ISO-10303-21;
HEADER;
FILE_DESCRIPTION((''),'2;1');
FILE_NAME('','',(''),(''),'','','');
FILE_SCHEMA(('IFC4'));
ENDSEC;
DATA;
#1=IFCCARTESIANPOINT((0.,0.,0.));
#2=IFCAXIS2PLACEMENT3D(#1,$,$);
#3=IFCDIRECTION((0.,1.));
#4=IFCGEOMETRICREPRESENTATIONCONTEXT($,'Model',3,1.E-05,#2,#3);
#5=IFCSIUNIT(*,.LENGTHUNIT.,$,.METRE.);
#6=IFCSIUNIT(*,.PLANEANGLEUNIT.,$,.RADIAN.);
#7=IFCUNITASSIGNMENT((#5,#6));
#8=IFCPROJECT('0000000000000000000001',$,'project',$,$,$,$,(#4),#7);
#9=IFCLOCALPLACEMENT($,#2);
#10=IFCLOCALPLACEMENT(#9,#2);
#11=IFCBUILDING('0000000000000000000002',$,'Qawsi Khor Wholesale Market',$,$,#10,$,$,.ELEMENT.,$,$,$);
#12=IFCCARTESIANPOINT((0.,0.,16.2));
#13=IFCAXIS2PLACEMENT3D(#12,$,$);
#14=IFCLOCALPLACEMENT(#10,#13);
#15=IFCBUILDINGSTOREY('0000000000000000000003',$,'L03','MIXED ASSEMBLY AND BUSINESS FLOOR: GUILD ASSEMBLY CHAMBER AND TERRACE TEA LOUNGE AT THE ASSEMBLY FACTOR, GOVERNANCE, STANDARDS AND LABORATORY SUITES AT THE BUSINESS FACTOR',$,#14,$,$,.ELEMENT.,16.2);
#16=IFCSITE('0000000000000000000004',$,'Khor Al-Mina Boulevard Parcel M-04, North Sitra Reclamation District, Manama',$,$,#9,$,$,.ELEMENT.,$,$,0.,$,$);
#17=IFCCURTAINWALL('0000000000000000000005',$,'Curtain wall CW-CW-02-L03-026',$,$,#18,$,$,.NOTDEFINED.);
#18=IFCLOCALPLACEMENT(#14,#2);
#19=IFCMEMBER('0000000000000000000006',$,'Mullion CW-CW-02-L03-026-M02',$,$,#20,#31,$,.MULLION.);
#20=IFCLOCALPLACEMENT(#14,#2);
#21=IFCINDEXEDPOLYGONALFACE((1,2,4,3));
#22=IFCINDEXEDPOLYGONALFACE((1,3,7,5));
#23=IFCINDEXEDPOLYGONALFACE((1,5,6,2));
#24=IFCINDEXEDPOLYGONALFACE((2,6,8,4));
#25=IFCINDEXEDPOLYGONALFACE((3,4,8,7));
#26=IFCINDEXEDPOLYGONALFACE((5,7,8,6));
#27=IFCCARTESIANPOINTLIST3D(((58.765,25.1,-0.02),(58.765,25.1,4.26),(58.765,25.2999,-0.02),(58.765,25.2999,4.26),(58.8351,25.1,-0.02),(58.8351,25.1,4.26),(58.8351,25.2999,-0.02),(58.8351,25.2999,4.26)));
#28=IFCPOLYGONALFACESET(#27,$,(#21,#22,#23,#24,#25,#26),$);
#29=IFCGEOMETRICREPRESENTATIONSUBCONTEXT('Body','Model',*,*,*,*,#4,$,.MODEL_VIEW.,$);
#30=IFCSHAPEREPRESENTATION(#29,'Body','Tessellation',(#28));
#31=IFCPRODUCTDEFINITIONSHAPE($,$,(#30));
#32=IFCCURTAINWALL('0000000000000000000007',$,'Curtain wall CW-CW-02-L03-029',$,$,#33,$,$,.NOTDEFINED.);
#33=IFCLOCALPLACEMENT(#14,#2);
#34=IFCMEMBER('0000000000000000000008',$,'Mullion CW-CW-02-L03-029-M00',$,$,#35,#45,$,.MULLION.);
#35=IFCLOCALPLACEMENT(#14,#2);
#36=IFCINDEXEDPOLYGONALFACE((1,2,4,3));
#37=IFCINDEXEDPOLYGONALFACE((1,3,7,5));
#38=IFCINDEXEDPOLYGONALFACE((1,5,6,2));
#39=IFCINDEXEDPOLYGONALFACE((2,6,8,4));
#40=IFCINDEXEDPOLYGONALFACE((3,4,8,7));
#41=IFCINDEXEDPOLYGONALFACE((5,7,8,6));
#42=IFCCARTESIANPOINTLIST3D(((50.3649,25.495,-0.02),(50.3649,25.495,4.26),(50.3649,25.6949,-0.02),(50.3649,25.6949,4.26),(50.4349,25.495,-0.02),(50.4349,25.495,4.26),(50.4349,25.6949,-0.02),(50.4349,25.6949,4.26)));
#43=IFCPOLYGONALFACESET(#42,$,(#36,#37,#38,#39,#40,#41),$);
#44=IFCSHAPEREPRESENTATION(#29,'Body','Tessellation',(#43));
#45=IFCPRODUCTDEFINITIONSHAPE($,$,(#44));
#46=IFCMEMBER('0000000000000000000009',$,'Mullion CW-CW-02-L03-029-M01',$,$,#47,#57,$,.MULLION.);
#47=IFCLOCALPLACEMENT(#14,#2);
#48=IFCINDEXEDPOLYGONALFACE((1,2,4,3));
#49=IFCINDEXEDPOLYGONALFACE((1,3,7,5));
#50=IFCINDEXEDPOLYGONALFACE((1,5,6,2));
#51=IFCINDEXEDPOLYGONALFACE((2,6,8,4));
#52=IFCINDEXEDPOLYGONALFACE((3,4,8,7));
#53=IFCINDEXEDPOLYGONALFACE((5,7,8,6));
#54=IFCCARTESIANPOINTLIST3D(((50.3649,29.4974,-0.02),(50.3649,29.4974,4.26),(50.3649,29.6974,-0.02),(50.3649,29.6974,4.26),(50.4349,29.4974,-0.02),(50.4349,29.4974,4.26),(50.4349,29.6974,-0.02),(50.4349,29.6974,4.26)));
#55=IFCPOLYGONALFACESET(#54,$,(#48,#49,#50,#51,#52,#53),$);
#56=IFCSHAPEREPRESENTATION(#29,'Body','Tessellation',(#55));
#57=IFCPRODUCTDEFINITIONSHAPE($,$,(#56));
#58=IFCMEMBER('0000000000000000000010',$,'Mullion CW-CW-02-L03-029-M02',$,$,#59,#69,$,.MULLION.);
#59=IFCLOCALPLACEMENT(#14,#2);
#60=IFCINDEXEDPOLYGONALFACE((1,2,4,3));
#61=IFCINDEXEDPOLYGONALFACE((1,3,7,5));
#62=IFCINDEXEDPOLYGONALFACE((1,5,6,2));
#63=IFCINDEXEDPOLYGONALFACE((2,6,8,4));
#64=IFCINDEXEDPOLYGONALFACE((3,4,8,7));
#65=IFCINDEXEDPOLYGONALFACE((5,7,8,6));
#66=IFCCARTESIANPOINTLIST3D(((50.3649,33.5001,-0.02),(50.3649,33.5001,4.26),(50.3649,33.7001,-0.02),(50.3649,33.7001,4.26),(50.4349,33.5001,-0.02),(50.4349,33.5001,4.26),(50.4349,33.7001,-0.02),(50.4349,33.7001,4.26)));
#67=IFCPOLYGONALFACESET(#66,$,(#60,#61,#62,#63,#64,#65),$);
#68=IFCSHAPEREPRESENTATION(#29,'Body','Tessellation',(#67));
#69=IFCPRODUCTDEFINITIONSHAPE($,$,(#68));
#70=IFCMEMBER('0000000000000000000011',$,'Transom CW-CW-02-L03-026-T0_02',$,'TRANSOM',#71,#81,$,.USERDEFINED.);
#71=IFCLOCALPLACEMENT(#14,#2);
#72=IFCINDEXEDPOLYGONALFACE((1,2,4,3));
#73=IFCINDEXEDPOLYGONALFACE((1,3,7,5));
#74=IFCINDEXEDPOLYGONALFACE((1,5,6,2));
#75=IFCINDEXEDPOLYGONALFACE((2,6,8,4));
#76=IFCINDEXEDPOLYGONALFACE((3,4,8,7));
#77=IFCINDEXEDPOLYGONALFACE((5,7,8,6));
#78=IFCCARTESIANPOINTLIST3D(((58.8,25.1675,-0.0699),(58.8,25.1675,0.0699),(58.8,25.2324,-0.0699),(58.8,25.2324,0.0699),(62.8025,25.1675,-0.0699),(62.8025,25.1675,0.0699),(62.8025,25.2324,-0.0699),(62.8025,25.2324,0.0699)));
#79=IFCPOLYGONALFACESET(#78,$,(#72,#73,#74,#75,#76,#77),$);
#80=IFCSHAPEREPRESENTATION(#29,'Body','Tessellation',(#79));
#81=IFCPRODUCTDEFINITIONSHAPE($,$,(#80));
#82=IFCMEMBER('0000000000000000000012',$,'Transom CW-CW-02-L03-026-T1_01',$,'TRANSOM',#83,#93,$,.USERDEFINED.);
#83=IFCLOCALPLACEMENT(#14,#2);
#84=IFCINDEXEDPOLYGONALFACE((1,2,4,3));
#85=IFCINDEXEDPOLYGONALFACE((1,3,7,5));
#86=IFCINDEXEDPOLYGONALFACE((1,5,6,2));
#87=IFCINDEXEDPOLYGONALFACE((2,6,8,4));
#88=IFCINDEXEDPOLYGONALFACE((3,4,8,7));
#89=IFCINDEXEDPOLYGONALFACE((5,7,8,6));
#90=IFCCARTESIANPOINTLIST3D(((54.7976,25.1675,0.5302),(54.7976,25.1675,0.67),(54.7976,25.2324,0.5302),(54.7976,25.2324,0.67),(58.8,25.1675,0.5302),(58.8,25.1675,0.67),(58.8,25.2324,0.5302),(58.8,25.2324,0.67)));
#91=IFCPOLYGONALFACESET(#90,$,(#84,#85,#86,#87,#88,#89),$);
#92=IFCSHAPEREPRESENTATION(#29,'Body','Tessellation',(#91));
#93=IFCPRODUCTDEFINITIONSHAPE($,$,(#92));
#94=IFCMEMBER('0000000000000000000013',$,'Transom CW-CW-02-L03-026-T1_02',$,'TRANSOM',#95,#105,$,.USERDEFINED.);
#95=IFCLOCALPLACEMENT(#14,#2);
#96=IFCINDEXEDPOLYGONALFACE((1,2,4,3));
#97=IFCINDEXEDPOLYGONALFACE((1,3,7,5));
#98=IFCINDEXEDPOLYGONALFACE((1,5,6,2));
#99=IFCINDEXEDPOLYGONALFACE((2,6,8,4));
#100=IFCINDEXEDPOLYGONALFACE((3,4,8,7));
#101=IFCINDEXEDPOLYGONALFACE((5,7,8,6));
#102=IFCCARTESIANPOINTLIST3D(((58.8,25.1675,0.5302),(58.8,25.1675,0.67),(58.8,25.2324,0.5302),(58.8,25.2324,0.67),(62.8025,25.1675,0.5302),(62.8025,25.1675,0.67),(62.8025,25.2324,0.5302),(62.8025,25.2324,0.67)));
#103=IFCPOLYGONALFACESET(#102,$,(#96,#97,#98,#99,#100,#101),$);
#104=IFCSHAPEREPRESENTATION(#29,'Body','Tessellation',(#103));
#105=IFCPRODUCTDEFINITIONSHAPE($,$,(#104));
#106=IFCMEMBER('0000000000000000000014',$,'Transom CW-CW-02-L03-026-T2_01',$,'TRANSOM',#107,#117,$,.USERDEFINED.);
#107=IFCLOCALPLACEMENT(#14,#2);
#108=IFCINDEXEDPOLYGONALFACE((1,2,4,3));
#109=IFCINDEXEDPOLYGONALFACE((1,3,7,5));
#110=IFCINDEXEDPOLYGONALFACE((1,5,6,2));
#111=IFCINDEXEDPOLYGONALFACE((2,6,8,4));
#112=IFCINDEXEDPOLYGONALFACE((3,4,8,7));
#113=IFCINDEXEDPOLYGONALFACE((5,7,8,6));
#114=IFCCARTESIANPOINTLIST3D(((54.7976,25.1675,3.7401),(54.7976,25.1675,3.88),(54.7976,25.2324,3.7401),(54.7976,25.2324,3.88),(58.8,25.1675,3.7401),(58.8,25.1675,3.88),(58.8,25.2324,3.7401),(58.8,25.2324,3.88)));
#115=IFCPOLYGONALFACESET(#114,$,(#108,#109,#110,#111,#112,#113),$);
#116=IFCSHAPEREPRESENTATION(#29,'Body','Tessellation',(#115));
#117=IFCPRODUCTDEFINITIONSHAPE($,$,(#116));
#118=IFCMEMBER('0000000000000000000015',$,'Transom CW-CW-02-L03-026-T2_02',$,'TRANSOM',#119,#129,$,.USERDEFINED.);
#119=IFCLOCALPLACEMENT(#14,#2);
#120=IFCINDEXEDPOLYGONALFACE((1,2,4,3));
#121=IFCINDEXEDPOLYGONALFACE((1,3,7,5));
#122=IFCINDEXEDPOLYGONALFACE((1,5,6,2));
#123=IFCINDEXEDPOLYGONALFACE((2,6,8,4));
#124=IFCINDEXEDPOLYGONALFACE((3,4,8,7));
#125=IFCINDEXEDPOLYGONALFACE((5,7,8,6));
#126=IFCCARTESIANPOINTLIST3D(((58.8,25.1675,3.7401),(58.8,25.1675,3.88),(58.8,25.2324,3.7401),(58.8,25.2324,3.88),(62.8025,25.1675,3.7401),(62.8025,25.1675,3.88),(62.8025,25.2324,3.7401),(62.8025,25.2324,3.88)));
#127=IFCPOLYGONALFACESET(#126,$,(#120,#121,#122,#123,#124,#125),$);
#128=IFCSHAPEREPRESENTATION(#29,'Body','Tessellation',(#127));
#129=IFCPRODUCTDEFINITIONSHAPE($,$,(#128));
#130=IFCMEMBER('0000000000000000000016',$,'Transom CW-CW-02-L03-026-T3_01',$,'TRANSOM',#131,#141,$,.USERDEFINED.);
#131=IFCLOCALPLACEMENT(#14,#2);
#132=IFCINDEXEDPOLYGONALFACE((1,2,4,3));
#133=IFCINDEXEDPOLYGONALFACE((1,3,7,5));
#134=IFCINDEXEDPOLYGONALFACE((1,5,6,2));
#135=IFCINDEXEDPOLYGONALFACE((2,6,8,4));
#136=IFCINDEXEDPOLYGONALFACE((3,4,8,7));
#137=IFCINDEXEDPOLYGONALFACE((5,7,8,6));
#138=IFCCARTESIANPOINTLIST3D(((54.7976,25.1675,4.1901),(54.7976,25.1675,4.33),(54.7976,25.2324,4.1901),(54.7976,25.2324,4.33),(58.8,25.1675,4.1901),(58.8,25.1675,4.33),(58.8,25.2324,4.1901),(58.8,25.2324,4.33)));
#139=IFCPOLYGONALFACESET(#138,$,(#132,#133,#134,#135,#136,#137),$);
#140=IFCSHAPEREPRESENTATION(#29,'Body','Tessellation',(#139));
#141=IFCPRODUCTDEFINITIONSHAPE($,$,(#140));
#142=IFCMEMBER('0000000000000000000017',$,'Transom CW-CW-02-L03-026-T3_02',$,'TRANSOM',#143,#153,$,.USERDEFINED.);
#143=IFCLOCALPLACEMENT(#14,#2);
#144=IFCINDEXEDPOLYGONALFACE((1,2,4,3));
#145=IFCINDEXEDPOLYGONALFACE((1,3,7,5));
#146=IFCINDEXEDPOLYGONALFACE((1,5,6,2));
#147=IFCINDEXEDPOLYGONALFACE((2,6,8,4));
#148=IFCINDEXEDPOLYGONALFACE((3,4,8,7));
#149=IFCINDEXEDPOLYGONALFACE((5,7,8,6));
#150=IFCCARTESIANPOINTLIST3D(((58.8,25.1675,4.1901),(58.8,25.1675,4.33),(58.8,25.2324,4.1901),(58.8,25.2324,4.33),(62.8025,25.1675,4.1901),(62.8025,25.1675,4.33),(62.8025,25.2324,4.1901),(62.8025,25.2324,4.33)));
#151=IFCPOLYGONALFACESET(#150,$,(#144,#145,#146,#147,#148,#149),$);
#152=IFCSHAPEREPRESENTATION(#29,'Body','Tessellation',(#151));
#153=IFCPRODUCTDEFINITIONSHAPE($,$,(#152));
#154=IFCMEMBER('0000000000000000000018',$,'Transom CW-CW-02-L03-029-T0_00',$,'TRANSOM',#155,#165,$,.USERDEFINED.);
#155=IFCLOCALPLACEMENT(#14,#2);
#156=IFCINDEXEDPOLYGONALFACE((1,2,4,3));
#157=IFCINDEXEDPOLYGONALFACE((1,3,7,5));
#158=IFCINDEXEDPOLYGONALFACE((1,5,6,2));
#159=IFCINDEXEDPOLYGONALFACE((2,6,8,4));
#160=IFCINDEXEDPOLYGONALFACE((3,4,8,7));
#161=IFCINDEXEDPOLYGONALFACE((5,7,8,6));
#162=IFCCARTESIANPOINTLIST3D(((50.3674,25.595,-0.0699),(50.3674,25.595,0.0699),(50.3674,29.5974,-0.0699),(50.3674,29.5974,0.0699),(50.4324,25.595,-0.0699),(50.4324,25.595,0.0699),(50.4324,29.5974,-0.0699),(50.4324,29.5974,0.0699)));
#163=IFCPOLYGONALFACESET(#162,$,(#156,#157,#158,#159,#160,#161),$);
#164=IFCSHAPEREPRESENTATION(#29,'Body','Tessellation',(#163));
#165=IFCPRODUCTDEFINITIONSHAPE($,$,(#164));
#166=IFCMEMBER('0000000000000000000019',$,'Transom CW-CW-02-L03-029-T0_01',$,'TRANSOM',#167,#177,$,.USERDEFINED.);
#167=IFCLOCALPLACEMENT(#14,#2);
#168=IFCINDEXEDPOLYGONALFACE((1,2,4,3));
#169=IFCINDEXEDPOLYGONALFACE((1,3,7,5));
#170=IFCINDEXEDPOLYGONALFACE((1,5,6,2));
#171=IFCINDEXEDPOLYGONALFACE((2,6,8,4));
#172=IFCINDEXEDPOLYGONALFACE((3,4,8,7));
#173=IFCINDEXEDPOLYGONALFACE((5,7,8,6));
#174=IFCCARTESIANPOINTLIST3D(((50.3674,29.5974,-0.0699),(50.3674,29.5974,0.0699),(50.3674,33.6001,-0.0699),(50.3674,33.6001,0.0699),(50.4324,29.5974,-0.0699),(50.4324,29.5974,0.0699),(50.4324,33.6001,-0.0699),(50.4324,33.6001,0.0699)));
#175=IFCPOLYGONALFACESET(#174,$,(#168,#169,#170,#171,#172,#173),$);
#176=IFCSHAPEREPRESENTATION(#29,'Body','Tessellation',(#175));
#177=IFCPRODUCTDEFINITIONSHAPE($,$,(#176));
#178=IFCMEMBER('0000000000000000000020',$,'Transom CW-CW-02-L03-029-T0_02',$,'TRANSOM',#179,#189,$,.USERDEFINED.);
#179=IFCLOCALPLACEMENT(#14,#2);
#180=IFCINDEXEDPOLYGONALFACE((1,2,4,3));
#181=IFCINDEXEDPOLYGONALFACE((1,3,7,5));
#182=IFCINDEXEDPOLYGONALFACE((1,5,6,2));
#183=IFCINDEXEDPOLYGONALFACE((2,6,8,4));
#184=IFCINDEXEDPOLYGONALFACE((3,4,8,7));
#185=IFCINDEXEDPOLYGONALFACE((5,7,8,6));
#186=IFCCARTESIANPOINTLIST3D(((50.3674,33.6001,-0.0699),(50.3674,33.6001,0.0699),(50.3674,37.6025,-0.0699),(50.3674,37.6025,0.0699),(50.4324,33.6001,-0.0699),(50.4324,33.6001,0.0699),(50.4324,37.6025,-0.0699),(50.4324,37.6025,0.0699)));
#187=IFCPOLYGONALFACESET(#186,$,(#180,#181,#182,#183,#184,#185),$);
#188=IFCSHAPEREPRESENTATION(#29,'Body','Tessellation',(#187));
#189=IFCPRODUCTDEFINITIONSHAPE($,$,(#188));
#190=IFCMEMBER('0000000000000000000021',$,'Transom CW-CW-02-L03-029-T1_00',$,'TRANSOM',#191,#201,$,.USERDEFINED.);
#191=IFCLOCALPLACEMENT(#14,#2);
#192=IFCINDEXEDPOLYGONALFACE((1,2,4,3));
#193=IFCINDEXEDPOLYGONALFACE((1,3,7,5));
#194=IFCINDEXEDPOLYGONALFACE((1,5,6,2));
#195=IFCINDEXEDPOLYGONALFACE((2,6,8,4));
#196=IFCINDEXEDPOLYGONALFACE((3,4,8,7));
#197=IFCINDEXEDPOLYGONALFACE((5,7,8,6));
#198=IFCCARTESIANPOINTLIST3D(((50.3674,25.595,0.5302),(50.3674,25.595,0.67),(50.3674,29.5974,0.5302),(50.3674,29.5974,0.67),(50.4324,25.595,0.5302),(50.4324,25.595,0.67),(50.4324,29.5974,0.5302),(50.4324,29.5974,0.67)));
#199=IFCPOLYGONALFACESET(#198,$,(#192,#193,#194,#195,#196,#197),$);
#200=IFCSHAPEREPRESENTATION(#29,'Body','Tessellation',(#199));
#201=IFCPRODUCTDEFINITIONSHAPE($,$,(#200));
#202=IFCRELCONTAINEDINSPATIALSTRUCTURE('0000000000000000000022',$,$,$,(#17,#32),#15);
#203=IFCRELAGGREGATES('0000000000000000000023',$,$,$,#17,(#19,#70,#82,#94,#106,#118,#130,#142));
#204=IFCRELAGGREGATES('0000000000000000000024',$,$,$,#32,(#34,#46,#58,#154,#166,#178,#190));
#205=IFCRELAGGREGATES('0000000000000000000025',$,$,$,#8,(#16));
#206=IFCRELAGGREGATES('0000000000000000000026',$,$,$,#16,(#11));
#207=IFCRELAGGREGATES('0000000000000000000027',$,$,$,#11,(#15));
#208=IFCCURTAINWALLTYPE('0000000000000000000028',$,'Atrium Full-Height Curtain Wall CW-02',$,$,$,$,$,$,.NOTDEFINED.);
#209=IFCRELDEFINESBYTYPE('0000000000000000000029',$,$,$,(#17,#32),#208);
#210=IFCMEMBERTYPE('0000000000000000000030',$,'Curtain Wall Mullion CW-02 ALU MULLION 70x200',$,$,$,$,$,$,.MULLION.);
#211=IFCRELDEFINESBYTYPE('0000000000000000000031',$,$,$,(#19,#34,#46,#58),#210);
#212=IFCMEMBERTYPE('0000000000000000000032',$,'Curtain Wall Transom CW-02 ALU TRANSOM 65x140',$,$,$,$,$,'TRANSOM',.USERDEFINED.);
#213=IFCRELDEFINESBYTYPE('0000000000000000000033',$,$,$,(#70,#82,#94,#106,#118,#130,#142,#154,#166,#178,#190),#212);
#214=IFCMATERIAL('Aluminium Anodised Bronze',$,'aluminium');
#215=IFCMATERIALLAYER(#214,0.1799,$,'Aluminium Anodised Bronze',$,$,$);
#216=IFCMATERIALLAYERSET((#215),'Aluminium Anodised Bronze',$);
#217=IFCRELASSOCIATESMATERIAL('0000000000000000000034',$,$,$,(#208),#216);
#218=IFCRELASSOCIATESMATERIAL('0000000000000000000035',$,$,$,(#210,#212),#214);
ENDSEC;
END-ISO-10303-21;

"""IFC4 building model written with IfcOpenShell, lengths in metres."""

from ifc_helpers import new_model, si_unit, direction, frame, origin, origin_2d, place, context, subcontext, project, spatial, rectangle, extrude, material, layer, layer_set, material_profile, profile_set, type_object, element, aggregate, save


model = new_model("IFC4")

# Units and contexts
model_context = context("Model", 3, precision=1e-05, world=origin(), true_north=direction((0.0, 1.0)))
body_context = subcontext(model_context, "Body", "Model", "MODEL_VIEW")
ifc_project = project(units=[si_unit("LENGTHUNIT", "METRE"), si_unit("PLANEANGLEUNIT", "RADIAN")], contexts=[model_context])

# Site, building, storey
site_placement = place(None, origin())
site = spatial("IfcSite", under=ifc_project, at=site_placement, Name="Khor Al-Mina Boulevard Parcel M-04, North Sitra Reclamation District, Manama", CompositionType="ELEMENT", RefElevation=0.0)
building_placement = place(site_placement, origin())
building = spatial("IfcBuilding", under=site, at=building_placement, Name="Qawsi Khor Wholesale Market", CompositionType="ELEMENT")
storey_placement = place(building_placement, frame((0.0, 0.0, 16.2)))
storey = spatial("IfcBuildingStorey", under=building, at=storey_placement, Name="L03", Description="MIXED ASSEMBLY AND BUSINESS FLOOR: GUILD ASSEMBLY CHAMBER AND TERRACE TEA LOUNGE AT THE ASSEMBLY FACTOR, GOVERNANCE, STANDARDS AND LABORATORY SUITES AT THE BUSINESS FACTOR", CompositionType="ELEMENT", Elevation=16.2)

# Curtain wall, member
ifc_material_1 = material(Name="Aluminium Anodised Bronze", Category="aluminium")
ifc_layer_1 = layer(ifc_material_1, 0.1799, Name="Aluminium Anodised Bronze")
ifc_layer_set_1 = layer_set([ifc_layer_1], Name="Aluminium Anodised Bronze")
curtain_wall_type = type_object("IfcCurtainWallType", Name="Atrium Full-Height Curtain Wall CW-02", PredefinedType="NOTDEFINED", material=ifc_layer_set_1)
curtain_wall_1_placement = place(storey_placement, origin())
curtain_wall_1 = element("IfcCurtainWall", 1, at=curtain_wall_1_placement, inside=storey, type_object=curtain_wall_type, Name="Curtain wall CW-CW-02-L03-026", PredefinedType="NOTDEFINED")
ifc_material_profile_1 = material_profile(ifc_material_1, rectangle(XDim=0.0701, YDim=0.2, at=origin_2d()), Name="ALU MULLION 70x200")
ifc_profile_set_1 = profile_set([ifc_material_profile_1], Name="Aluminium Anodised Bronze")
member_type_1 = type_object("IfcMemberType", Name="Curtain Wall Mullion CW-02 ALU MULLION 70x200", PredefinedType="MULLION", material=ifc_profile_set_1)
member_1_placement = place(storey_placement, frame((58.8, 25.2, -0.02), z_axis=(0.0, 0.0, 1.0), x_axis=(1.0, 0.0, 0.0)))
member_1 = element("IfcMember", 2, at=member_1_placement, type_object=member_type_1, Name="Mullion CW-CW-02-L03-026-M02", PredefinedType="MULLION", context=body_context, shape_type="SweptSolid", body=[
    extrude(rectangle(XDim=0.0701, YDim=0.2, at=origin_2d()), origin(), (0.0, 0.0, 1.0), 4.28),
])

# Curtain wall, members
curtain_wall_2_placement = place(storey_placement, origin())
curtain_wall_2 = element("IfcCurtainWall", 3, at=curtain_wall_2_placement, inside=storey, type_object=curtain_wall_type, Name="Curtain wall CW-CW-02-L03-029", PredefinedType="NOTDEFINED")
member_2_placement = place(storey_placement, frame((50.3999, 25.595, -0.02), z_axis=(0.0, 0.0, 1.0), x_axis=(1.0, 0.0, 0.0)))
member_2 = element("IfcMember", 4, at=member_2_placement, type_object=member_type_1, Name="Mullion CW-CW-02-L03-029-M00", PredefinedType="MULLION", context=body_context, shape_type="SweptSolid", body=[
    extrude(rectangle(XDim=0.0701, YDim=0.2, at=origin_2d()), origin(), (0.0, 0.0, 1.0), 4.28),
])
member_3_placement = place(storey_placement, frame((50.3999, 29.5974, -0.02), z_axis=(0.0, 0.0, 1.0), x_axis=(1.0, 0.0, 0.0)))
member_3 = element("IfcMember", 5, at=member_3_placement, type_object=member_type_1, Name="Mullion CW-CW-02-L03-029-M01", PredefinedType="MULLION", context=body_context, shape_type="SweptSolid", body=[
    extrude(rectangle(XDim=0.0701, YDim=0.2, at=origin_2d()), origin(), (0.0, 0.0, 1.0), 4.28),
])
member_4_placement = place(storey_placement, frame((50.3999, 33.6001, -0.02), z_axis=(0.0, 0.0, 1.0), x_axis=(1.0, 0.0, 0.0)))
member_4 = element("IfcMember", 6, at=member_4_placement, type_object=member_type_1, Name="Mullion CW-CW-02-L03-029-M02", PredefinedType="MULLION", context=body_context, shape_type="SweptSolid", body=[
    extrude(rectangle(XDim=0.0701, YDim=0.2, at=origin_2d()), origin(), (0.0, 0.0, 1.0), 4.28),
])

# Members
ifc_material_profile_2 = material_profile(ifc_material_1, rectangle(XDim=0.0649, YDim=0.1399, at=origin_2d()), Name="ALU TRANSOM 65x140")
ifc_profile_set_2 = profile_set([ifc_material_profile_2], Name="Aluminium Anodised Bronze")
member_type_2 = type_object("IfcMemberType", Name="Curtain Wall Transom CW-02 ALU TRANSOM 65x140", ElementType="TRANSOM", PredefinedType="USERDEFINED", material=ifc_profile_set_2)
member_5_placement = place(storey_placement, frame((58.8, 25.2, 0.0), z_axis=(1.0, 0.0, 0.0), x_axis=(0.0, 1.0, 0.0)))
member_5 = element("IfcMember", 7, at=member_5_placement, type_object=member_type_2, Name="Transom CW-CW-02-L03-026-T0_02", ObjectType="TRANSOM", PredefinedType="USERDEFINED", context=body_context, shape_type="SweptSolid", body=[
    extrude(rectangle(XDim=0.0649, YDim=0.1399, at=origin_2d()), origin(), (0.0, 0.0, 1.0), 4.0024),
])
member_6_placement = place(storey_placement, frame((54.7976, 25.2, 0.6001), z_axis=(1.0, 0.0, 0.0), x_axis=(0.0, 1.0, 0.0)))
member_6 = element("IfcMember", 8, at=member_6_placement, type_object=member_type_2, Name="Transom CW-CW-02-L03-026-T1_01", ObjectType="TRANSOM", PredefinedType="USERDEFINED", context=body_context, shape_type="SweptSolid", body=[
    extrude(rectangle(XDim=0.0649, YDim=0.1399, at=origin_2d()), origin(), (0.0, 0.0, 1.0), 4.0024),
])
member_7_placement = place(storey_placement, frame((58.8, 25.2, 0.6001), z_axis=(1.0, 0.0, 0.0), x_axis=(0.0, 1.0, 0.0)))
member_7 = element("IfcMember", 9, at=member_7_placement, type_object=member_type_2, Name="Transom CW-CW-02-L03-026-T1_02", ObjectType="TRANSOM", PredefinedType="USERDEFINED", context=body_context, shape_type="SweptSolid", body=[
    extrude(rectangle(XDim=0.0649, YDim=0.1399, at=origin_2d()), origin(), (0.0, 0.0, 1.0), 4.0024),
])
member_8_placement = place(storey_placement, frame((54.7976, 25.2, 3.8101), z_axis=(1.0, 0.0, 0.0), x_axis=(0.0, 1.0, 0.0)))
member_8 = element("IfcMember", 10, at=member_8_placement, type_object=member_type_2, Name="Transom CW-CW-02-L03-026-T2_01", ObjectType="TRANSOM", PredefinedType="USERDEFINED", context=body_context, shape_type="SweptSolid", body=[
    extrude(rectangle(XDim=0.0649, YDim=0.1399, at=origin_2d()), origin(), (0.0, 0.0, 1.0), 4.0024),
])
member_9_placement = place(storey_placement, frame((58.8, 25.2, 3.8101), z_axis=(1.0, 0.0, 0.0), x_axis=(0.0, 1.0, 0.0)))
member_9 = element("IfcMember", 11, at=member_9_placement, type_object=member_type_2, Name="Transom CW-CW-02-L03-026-T2_02", ObjectType="TRANSOM", PredefinedType="USERDEFINED", context=body_context, shape_type="SweptSolid", body=[
    extrude(rectangle(XDim=0.0649, YDim=0.1399, at=origin_2d()), origin(), (0.0, 0.0, 1.0), 4.0024),
])
member_10_placement = place(storey_placement, frame((54.7976, 25.2, 4.26), z_axis=(1.0, 0.0, 0.0), x_axis=(0.0, 1.0, 0.0)))
member_10 = element("IfcMember", 12, at=member_10_placement, type_object=member_type_2, Name="Transom CW-CW-02-L03-026-T3_01", ObjectType="TRANSOM", PredefinedType="USERDEFINED", context=body_context, shape_type="SweptSolid", body=[
    extrude(rectangle(XDim=0.0649, YDim=0.1399, at=origin_2d()), origin(), (0.0, 0.0, 1.0), 4.0024),
])
member_11_placement = place(storey_placement, frame((58.8, 25.2, 4.26), z_axis=(1.0, 0.0, 0.0), x_axis=(0.0, 1.0, 0.0)))
member_11 = element("IfcMember", 13, at=member_11_placement, type_object=member_type_2, Name="Transom CW-CW-02-L03-026-T3_02", ObjectType="TRANSOM", PredefinedType="USERDEFINED", context=body_context, shape_type="SweptSolid", body=[
    extrude(rectangle(XDim=0.0649, YDim=0.1399, at=origin_2d()), origin(), (0.0, 0.0, 1.0), 4.0024),
])
member_12_placement = place(storey_placement, frame((50.3999, 25.595, 0.0), z_axis=(0.0, 1.0, 0.0), x_axis=(-1.0, 0.0, 0.0)))
member_12 = element("IfcMember", 14, at=member_12_placement, type_object=member_type_2, Name="Transom CW-CW-02-L03-029-T0_00", ObjectType="TRANSOM", PredefinedType="USERDEFINED", context=body_context, shape_type="SweptSolid", body=[
    extrude(rectangle(XDim=0.0649, YDim=0.1399, at=origin_2d()), origin(), (0.0, 0.0, 1.0), 4.0024),
])
member_13_placement = place(storey_placement, frame((50.3999, 29.5974, 0.0), z_axis=(0.0, 1.0, 0.0), x_axis=(-1.0, 0.0, 0.0)))
member_13 = element("IfcMember", 15, at=member_13_placement, type_object=member_type_2, Name="Transom CW-CW-02-L03-029-T0_01", ObjectType="TRANSOM", PredefinedType="USERDEFINED", context=body_context, shape_type="SweptSolid", body=[
    extrude(rectangle(XDim=0.0649, YDim=0.1399, at=origin_2d()), origin(), (0.0, 0.0, 1.0), 4.0027),
])
member_14_placement = place(storey_placement, frame((50.3999, 33.6001, 0.0), z_axis=(0.0, 1.0, 0.0), x_axis=(-1.0, 0.0, 0.0)))
member_14 = element("IfcMember", 16, at=member_14_placement, type_object=member_type_2, Name="Transom CW-CW-02-L03-029-T0_02", ObjectType="TRANSOM", PredefinedType="USERDEFINED", context=body_context, shape_type="SweptSolid", body=[
    extrude(rectangle(XDim=0.0649, YDim=0.1399, at=origin_2d()), origin(), (0.0, 0.0, 1.0), 4.0024),
])
member_15_placement = place(storey_placement, frame((50.3999, 25.595, 0.6001), z_axis=(0.0, 1.0, 0.0), x_axis=(-1.0, 0.0, 0.0)))
member_15 = element("IfcMember", 17, at=member_15_placement, type_object=member_type_2, Name="Transom CW-CW-02-L03-029-T1_00", ObjectType="TRANSOM", PredefinedType="USERDEFINED", context=body_context, shape_type="SweptSolid", body=[
    extrude(rectangle(XDim=0.0649, YDim=0.1399, at=origin_2d()), origin(), (0.0, 0.0, 1.0), 4.0024),
])

aggregate(curtain_wall_1, [member_1, member_5, member_6, member_7, member_8, member_9, member_10, member_11])
aggregate(curtain_wall_2, [member_2, member_3, member_4, member_12, member_13, member_14, member_15])

save(model, "model.ifc")
